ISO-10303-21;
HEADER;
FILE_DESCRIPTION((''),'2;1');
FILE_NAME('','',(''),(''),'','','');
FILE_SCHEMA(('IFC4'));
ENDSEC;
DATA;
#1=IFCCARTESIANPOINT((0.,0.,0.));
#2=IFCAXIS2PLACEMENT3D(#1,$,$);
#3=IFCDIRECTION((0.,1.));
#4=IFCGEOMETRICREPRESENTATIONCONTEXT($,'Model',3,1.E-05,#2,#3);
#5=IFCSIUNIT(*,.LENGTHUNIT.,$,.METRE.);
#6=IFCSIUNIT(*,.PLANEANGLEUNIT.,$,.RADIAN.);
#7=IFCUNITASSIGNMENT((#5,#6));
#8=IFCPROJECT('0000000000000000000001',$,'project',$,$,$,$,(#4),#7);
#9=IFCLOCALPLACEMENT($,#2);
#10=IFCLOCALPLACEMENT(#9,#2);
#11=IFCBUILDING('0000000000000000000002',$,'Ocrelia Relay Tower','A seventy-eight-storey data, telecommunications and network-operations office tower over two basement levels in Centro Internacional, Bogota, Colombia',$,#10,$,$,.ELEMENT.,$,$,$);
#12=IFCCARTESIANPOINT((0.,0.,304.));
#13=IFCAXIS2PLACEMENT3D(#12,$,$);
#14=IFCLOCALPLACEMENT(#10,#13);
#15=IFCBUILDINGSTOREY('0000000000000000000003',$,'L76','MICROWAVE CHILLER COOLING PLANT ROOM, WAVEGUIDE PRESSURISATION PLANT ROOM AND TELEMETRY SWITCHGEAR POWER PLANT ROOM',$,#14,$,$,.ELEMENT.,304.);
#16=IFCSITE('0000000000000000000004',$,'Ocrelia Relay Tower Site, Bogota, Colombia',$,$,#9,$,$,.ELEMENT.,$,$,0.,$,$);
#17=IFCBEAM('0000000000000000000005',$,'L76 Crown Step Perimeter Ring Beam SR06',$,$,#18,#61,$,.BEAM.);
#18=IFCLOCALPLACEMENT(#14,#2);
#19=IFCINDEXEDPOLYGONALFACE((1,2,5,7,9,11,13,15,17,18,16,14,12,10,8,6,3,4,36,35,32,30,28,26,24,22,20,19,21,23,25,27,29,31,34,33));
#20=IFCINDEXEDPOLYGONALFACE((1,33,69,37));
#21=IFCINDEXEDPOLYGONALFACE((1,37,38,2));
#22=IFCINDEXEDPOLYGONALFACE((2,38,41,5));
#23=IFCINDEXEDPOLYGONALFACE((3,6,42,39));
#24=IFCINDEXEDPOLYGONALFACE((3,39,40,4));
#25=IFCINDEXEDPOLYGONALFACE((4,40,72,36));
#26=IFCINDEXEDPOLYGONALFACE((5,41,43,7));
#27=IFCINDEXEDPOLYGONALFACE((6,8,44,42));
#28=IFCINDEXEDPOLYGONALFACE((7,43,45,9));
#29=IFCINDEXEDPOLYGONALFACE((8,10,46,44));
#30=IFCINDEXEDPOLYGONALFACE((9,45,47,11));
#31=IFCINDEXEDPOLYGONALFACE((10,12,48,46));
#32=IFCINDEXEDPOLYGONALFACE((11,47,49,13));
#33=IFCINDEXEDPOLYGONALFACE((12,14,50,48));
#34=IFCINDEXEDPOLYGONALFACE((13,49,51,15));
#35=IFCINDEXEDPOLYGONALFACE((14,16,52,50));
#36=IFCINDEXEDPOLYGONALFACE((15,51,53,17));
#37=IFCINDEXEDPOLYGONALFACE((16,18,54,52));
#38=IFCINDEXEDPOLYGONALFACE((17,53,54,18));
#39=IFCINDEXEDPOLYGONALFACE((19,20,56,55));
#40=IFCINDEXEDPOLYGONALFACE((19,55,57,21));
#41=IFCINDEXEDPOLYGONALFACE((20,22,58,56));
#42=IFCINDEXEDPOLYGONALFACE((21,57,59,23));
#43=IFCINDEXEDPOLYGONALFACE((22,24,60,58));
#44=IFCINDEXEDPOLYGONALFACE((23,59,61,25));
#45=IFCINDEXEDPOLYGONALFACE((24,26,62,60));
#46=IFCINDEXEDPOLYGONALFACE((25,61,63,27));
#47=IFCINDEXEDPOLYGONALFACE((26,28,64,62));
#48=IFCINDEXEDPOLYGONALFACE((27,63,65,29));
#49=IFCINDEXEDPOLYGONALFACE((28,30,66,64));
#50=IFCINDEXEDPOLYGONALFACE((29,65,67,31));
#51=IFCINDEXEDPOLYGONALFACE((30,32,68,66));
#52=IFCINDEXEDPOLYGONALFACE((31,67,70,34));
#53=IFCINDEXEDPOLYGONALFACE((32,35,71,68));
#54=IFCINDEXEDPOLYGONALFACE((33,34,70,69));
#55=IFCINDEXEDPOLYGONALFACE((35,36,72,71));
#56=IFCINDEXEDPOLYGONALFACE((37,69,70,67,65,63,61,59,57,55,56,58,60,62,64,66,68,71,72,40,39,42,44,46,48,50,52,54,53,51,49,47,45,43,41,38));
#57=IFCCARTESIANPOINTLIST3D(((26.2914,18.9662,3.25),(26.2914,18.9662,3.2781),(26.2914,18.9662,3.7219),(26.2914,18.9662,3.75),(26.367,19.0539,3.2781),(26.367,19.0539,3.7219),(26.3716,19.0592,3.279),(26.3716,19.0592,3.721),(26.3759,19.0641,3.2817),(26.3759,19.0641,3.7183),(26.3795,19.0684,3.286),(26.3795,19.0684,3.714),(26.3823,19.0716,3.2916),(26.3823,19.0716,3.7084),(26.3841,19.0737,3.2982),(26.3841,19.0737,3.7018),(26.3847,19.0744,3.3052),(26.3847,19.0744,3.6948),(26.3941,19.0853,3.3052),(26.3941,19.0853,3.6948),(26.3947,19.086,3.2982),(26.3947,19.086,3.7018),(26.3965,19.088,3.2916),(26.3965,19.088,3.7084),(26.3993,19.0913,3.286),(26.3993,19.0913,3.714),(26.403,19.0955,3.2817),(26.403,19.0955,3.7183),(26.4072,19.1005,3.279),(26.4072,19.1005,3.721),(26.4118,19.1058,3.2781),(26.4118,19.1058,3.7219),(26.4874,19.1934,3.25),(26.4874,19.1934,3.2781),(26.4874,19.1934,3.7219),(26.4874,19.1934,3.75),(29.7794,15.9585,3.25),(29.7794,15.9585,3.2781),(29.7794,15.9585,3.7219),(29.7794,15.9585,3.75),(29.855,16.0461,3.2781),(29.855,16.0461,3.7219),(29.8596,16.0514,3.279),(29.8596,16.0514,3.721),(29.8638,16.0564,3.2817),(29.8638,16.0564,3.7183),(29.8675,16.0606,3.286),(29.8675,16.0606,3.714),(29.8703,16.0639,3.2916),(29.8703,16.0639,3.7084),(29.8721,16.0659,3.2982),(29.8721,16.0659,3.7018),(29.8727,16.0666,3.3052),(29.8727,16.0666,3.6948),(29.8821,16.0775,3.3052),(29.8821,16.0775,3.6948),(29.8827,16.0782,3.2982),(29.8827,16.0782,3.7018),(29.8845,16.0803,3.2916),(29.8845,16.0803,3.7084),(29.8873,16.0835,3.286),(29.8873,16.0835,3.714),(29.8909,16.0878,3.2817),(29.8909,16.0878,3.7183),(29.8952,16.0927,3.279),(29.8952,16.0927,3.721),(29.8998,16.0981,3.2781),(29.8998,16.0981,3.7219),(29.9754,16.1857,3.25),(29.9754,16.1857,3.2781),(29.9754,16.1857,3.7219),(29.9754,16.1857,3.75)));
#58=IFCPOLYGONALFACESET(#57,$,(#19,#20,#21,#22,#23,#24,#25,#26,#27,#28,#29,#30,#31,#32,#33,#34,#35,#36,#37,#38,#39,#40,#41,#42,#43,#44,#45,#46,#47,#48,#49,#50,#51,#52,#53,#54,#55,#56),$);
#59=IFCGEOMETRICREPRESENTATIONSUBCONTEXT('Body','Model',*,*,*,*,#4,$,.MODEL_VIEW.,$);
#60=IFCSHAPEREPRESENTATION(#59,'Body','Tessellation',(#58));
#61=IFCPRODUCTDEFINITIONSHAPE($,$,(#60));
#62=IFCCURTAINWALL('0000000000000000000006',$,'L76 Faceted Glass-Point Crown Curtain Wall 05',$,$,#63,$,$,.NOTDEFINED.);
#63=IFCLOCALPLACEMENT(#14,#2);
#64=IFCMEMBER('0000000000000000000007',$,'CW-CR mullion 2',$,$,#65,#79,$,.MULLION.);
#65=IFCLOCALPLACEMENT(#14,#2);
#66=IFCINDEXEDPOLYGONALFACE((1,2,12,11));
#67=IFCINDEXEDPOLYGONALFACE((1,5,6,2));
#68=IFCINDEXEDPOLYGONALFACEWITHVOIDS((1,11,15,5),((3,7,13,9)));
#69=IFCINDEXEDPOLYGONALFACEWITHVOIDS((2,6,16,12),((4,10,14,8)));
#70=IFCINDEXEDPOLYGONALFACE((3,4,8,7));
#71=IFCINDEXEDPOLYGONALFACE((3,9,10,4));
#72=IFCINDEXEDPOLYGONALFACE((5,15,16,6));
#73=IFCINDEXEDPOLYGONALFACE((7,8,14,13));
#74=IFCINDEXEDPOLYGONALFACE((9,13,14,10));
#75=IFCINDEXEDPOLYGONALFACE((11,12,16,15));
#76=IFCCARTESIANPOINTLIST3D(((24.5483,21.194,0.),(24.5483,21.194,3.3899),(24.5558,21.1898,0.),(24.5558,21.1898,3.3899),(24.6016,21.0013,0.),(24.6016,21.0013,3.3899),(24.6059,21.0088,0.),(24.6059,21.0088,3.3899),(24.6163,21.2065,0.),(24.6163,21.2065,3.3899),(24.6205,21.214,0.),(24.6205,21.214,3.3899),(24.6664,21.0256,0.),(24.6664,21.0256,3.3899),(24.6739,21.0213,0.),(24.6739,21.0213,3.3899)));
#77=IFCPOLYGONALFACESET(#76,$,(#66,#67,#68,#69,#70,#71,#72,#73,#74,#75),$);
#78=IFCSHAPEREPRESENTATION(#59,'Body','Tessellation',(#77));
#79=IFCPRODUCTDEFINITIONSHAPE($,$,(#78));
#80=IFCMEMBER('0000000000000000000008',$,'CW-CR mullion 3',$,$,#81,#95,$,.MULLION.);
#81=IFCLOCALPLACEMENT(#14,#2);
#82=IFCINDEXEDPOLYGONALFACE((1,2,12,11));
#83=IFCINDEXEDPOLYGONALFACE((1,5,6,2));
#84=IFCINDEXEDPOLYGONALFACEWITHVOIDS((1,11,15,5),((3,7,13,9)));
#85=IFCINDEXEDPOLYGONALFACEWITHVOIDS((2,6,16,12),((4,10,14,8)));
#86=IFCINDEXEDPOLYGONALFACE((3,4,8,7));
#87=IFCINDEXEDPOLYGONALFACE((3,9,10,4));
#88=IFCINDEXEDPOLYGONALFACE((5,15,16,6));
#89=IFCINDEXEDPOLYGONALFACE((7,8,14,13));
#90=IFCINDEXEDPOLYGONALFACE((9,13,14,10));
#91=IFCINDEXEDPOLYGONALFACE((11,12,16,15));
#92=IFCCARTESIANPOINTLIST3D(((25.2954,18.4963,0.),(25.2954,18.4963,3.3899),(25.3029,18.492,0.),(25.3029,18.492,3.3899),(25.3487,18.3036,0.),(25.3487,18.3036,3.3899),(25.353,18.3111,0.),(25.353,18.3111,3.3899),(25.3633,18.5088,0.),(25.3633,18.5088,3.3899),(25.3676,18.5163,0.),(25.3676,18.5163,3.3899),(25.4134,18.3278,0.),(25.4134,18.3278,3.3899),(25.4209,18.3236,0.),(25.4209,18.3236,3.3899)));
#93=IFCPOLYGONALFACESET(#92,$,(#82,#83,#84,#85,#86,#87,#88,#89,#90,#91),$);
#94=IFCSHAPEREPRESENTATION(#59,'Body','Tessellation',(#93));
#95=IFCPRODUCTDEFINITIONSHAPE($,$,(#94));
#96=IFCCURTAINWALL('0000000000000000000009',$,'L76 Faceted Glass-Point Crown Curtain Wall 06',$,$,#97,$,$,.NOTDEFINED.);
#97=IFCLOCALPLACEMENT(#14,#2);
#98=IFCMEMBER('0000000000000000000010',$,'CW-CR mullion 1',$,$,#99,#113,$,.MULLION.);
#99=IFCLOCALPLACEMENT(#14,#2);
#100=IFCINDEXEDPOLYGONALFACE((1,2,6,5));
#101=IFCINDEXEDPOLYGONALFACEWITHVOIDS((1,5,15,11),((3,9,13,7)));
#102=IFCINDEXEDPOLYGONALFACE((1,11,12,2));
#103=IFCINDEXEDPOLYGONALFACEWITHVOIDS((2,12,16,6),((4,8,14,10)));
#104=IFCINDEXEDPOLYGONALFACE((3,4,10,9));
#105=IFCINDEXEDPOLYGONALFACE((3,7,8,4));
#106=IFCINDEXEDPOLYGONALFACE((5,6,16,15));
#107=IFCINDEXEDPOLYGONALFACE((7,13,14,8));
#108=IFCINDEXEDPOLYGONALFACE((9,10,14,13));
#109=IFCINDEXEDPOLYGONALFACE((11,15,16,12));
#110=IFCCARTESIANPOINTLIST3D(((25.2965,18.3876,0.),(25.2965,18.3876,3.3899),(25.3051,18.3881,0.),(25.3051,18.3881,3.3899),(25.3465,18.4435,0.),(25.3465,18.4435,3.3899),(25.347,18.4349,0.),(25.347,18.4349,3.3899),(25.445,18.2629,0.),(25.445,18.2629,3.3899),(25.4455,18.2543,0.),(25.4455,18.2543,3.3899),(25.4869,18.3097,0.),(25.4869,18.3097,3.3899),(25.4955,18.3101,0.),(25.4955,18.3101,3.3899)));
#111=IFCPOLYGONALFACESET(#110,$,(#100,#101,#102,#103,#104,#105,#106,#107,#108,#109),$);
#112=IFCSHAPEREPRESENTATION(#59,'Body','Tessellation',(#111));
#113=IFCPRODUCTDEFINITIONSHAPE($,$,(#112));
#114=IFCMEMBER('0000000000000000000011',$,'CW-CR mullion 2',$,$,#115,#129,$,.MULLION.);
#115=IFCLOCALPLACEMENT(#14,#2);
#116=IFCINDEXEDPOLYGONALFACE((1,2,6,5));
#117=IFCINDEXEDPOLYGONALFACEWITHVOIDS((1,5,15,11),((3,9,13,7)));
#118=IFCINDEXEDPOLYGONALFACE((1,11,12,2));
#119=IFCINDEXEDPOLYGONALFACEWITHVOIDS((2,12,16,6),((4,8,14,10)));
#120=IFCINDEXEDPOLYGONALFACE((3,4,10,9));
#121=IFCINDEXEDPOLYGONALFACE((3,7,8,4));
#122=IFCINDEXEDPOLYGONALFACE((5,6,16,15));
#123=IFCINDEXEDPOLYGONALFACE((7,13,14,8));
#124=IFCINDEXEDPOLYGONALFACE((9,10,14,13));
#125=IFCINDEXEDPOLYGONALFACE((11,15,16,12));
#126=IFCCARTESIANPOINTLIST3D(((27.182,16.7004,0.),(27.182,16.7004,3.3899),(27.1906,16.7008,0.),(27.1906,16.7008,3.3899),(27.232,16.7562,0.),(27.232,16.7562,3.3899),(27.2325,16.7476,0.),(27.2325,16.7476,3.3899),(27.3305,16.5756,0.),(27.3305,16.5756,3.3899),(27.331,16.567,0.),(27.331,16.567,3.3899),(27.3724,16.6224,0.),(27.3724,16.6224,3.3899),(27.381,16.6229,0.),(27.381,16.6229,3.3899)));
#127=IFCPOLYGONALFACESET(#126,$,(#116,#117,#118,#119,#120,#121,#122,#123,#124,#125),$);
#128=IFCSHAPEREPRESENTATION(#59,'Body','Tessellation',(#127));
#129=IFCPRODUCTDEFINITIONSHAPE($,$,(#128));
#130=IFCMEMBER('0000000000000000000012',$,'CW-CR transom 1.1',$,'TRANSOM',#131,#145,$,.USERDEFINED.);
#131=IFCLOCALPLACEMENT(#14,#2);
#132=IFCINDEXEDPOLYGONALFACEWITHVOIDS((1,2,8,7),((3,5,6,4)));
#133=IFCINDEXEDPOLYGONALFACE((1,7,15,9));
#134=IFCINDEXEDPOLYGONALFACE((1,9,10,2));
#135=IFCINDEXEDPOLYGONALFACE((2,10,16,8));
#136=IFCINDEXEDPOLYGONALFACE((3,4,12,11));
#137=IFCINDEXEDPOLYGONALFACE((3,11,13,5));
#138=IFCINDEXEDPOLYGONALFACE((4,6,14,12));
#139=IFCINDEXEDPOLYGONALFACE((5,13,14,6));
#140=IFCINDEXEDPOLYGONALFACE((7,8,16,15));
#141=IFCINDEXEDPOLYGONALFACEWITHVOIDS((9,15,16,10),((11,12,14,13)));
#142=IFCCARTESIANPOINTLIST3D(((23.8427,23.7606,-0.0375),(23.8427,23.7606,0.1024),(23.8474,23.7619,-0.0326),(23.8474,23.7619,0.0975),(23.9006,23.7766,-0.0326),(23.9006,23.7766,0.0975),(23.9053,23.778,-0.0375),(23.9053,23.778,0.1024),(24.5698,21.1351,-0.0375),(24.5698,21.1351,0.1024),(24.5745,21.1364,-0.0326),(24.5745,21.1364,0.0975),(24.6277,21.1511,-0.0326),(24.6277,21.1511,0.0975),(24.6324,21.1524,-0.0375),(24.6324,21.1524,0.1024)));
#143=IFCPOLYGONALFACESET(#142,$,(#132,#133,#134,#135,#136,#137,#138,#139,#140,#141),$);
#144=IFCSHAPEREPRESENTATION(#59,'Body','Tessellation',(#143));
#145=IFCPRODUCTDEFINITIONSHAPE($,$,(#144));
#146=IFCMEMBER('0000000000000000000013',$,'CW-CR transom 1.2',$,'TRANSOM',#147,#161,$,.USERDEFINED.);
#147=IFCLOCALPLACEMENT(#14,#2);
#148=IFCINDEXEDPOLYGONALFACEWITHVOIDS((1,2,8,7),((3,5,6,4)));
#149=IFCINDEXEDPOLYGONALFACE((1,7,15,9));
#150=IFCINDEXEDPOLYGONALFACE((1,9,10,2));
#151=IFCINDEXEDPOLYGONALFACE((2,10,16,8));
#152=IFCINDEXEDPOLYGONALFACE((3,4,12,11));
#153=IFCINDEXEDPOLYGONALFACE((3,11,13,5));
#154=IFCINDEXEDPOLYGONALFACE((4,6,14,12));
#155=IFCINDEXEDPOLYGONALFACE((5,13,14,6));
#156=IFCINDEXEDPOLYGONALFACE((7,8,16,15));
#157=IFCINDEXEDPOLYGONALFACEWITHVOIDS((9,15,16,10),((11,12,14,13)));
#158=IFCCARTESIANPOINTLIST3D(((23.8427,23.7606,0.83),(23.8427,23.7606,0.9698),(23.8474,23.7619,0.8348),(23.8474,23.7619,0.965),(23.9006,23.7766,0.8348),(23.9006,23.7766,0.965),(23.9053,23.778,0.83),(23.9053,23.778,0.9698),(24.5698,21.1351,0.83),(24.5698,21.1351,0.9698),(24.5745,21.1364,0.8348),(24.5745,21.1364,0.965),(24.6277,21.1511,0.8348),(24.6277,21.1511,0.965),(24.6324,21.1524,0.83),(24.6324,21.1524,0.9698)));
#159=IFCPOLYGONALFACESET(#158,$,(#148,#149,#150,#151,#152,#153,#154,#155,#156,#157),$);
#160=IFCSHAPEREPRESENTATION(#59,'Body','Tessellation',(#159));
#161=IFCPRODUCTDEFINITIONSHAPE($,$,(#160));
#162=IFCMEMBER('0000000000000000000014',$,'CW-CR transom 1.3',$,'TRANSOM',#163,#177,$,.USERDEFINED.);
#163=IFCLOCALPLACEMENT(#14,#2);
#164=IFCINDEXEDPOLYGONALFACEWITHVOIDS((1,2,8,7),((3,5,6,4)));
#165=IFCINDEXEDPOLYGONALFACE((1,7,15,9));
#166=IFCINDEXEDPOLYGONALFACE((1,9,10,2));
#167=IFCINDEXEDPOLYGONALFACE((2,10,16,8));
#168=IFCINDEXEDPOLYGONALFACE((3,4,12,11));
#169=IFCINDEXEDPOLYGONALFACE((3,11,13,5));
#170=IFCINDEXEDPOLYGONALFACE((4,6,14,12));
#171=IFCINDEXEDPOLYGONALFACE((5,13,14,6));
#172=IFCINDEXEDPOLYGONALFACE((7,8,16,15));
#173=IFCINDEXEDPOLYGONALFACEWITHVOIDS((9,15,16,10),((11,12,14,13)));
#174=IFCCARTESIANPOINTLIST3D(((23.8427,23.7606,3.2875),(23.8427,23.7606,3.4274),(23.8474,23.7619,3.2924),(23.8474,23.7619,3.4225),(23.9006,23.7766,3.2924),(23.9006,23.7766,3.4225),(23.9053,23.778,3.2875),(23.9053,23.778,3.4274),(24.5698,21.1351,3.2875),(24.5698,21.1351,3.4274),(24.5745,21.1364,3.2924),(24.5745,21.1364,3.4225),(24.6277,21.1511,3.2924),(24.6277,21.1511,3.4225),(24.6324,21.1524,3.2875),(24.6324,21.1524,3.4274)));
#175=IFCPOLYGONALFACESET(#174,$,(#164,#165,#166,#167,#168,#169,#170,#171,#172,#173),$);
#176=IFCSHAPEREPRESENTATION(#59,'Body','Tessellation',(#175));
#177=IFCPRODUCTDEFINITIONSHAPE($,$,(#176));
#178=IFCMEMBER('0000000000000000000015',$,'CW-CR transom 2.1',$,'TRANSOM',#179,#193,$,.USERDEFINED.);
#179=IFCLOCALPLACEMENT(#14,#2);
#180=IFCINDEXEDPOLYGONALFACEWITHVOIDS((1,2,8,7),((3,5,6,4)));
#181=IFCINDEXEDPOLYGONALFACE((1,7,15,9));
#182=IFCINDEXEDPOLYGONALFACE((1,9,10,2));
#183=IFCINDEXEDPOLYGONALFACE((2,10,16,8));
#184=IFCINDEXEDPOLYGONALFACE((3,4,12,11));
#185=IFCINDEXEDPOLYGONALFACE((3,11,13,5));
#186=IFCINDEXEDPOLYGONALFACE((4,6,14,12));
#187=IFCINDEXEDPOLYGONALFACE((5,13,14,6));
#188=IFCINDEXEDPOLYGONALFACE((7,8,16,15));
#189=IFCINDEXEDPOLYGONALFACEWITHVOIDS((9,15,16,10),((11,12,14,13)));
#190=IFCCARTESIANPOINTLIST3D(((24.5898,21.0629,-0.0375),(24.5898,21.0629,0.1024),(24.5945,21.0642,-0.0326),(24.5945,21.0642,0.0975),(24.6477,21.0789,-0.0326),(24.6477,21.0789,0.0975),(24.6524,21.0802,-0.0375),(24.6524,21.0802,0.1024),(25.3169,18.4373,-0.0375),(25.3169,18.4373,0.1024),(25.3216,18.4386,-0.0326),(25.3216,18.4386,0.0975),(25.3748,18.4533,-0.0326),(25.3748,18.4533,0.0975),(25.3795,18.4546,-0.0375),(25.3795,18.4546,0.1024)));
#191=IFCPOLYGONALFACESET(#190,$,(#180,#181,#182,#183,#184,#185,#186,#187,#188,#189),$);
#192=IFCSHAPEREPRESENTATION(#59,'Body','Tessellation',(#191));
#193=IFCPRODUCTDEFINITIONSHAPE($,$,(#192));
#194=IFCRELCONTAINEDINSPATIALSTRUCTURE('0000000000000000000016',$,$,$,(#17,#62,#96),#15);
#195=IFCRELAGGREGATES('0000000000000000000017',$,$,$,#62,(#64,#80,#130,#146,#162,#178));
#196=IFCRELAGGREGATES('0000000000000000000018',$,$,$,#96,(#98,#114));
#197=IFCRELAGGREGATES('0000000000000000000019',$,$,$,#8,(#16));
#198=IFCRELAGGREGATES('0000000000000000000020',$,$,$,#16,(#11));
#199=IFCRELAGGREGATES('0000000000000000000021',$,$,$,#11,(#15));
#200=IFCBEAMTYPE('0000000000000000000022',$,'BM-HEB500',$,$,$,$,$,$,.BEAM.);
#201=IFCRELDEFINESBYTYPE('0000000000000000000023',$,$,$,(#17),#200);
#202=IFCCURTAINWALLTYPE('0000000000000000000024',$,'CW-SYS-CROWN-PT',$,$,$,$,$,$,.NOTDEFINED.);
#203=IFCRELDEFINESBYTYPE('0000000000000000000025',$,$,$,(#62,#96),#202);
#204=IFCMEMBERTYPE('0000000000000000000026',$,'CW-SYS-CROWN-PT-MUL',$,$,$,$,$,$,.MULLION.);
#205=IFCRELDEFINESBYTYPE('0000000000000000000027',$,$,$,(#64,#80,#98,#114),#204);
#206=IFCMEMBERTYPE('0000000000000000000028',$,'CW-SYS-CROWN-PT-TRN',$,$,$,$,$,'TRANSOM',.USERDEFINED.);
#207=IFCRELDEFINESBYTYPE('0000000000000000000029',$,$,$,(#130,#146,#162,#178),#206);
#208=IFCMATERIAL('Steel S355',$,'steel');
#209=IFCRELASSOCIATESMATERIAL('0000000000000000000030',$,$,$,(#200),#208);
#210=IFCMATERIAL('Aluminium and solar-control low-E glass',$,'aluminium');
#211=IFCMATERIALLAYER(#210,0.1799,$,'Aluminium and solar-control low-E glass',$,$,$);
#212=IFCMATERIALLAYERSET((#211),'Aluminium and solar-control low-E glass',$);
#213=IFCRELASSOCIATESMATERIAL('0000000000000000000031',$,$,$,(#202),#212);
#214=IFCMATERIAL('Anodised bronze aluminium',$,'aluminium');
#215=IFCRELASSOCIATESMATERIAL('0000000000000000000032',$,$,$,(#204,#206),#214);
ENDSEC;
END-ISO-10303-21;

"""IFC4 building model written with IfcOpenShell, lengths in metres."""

from ifc_helpers import new_model, si_unit, direction, frame, origin, origin_2d, place, context, subcontext, project, spatial, hollow_rectangle, i_section, extrude, material, layer, layer_set, material_profile, profile_set, type_object, element, aggregate, save


model = new_model("IFC4")

# Units and contexts
model_context = context("Model", 3, precision=1e-05, world=origin(), true_north=direction((0.0, 1.0)))
body_context = subcontext(model_context, "Body", "Model", "MODEL_VIEW")
ifc_project = project(units=[si_unit("LENGTHUNIT", "METRE"), si_unit("PLANEANGLEUNIT", "RADIAN")], contexts=[model_context])

# Site, building, storey
site_placement = place(None, origin())
site = spatial("IfcSite", under=ifc_project, at=site_placement, Name="Ocrelia Relay Tower Site, Bogota, Colombia", CompositionType="ELEMENT", RefElevation=0.0)
building_placement = place(site_placement, origin())
building = spatial("IfcBuilding", under=site, at=building_placement, Name="Ocrelia Relay Tower", Description="A seventy-eight-storey data, telecommunications and network-operations office tower over two basement levels in Centro Internacional, Bogota, Colombia", CompositionType="ELEMENT")
storey_placement = place(building_placement, frame((0.0, 0.0, 304.0)))
storey = spatial("IfcBuildingStorey", under=building, at=storey_placement, Name="L76", Description="MICROWAVE CHILLER COOLING PLANT ROOM, WAVEGUIDE PRESSURISATION PLANT ROOM AND TELEMETRY SWITCHGEAR POWER PLANT ROOM", CompositionType="ELEMENT", Elevation=304.0)

# Beam
ifc_material_1 = material(Name="Steel S355", Category="steel")
ifc_material_profile_1 = material_profile(ifc_material_1, i_section(OverallWidth=0.3, OverallDepth=0.5, WebThickness=0.0144, FlangeThickness=0.0281, FilletRadius=0.0271, at=origin_2d()), Name="HEB 500")
ifc_profile_set_1 = profile_set([ifc_material_profile_1], Name="Steel S355")
beam_type_1 = type_object("IfcBeamType", Name="BM-HEB500", PredefinedType="BEAM", material=ifc_profile_set_1)
beam_1_placement = place(storey_placement, frame((26.3894, 19.0798, 3.5), z_axis=(0.757315, -0.65305, 0.0), x_axis=(0.65305, 0.757315, 0.0)))
element("IfcBeam", 1, at=beam_1_placement, inside=storey, type_object=beam_type_1, Name="L76 Crown Step Perimeter Ring Beam SR06", PredefinedType="BEAM", context=body_context, shape_type="SweptSolid", body=[
    extrude(i_section(OverallWidth=0.3, OverallDepth=0.5, WebThickness=0.0144, FlangeThickness=0.0281, FilletRadius=0.0271, at=origin_2d()), origin(), (0.0, 0.0, 1.0), 4.6057),
])

# Curtain walls, members
ifc_material_2 = material(Name="Aluminium and solar-control low-E glass", Category="aluminium")
ifc_layer_1 = layer(ifc_material_2, 0.1799, Name="Aluminium and solar-control low-E glass")
ifc_layer_set_1 = layer_set([ifc_layer_1], Name="Aluminium and solar-control low-E glass")
curtain_wall_type = type_object("IfcCurtainWallType", Name="CW-SYS-CROWN-PT", PredefinedType="NOTDEFINED", material=ifc_layer_set_1)
curtain_wall_1_placement = place(storey_placement, origin())
curtain_wall_1 = element("IfcCurtainWall", 2, at=curtain_wall_1_placement, inside=storey, type_object=curtain_wall_type, Name="L76 Faceted Glass-Point Crown Curtain Wall 05", PredefinedType="NOTDEFINED")
ifc_material_3 = material(Name="Anodised bronze aluminium", Category="aluminium")
ifc_material_profile_2 = material_profile(ifc_material_3, hollow_rectangle(XDim=0.075, YDim=0.2, WallThickness=0.0061, at=origin_2d()), Name="CW-MUL-200x75")
ifc_profile_set_2 = profile_set([ifc_material_profile_2], Name="Anodised bronze aluminium")
member_type_1 = type_object("IfcMemberType", Name="CW-SYS-CROWN-PT-MUL", PredefinedType="MULLION", material=ifc_profile_set_2)
member_1_placement = place(storey_placement, frame((24.6111, 21.1077, 0.0), z_axis=(0.0, 0.0, 1.0), x_axis=(0.963737, 0.266853, 0.0)))
member_1 = element("IfcMember", 3, at=member_1_placement, type_object=member_type_1, Name="CW-CR mullion 2", PredefinedType="MULLION", context=body_context, shape_type="SweptSolid", body=[
    extrude(hollow_rectangle(XDim=0.075, YDim=0.2, WallThickness=0.0061, at=origin_2d()), origin(), (0.0, 0.0, 1.0), 3.3899),
])
member_2_placement = place(storey_placement, frame((25.3582, 18.4099, 0.0), z_axis=(0.0, 0.0, 1.0), x_axis=(0.963737, 0.266853, 0.0)))
member_2 = element("IfcMember", 4, at=member_2_placement, type_object=member_type_1, Name="CW-CR mullion 3", PredefinedType="MULLION", context=body_context, shape_type="SweptSolid", body=[
    extrude(hollow_rectangle(XDim=0.075, YDim=0.2, WallThickness=0.0061, at=origin_2d()), origin(), (0.0, 0.0, 1.0), 3.3899),
])
curtain_wall_2_placement = place(storey_placement, origin())
curtain_wall_2 = element("IfcCurtainWall", 5, at=curtain_wall_2_placement, inside=storey, type_object=curtain_wall_type, Name="L76 Faceted Glass-Point Crown Curtain Wall 06", PredefinedType="NOTDEFINED")
member_3_placement = place(storey_placement, frame((25.396, 18.3489, 0.0), z_axis=(0.0, 0.0, 1.0), x_axis=(0.666821, 0.745218, 0.0)))
member_3 = element("IfcMember", 6, at=member_3_placement, type_object=member_type_1, Name="CW-CR mullion 1", PredefinedType="MULLION", context=body_context, shape_type="SweptSolid", body=[
    extrude(hollow_rectangle(XDim=0.075, YDim=0.2, WallThickness=0.0061, at=origin_2d()), origin(), (0.0, 0.0, 1.0), 3.3899),
])
member_4_placement = place(storey_placement, frame((27.2815, 16.6616, 0.0), z_axis=(0.0, 0.0, 1.0), x_axis=(0.666821, 0.745218, 0.0)))
member_4 = element("IfcMember", 7, at=member_4_placement, type_object=member_type_1, Name="CW-CR mullion 2", PredefinedType="MULLION", context=body_context, shape_type="SweptSolid", body=[
    extrude(hollow_rectangle(XDim=0.075, YDim=0.2, WallThickness=0.0061, at=origin_2d()), origin(), (0.0, 0.0, 1.0), 3.3899),
])

# Members
ifc_material_profile_3 = material_profile(ifc_material_3, hollow_rectangle(XDim=0.0649, YDim=0.1399, WallThickness=0.0049, at=origin_2d()), Name="CW-TRN-140x65")
ifc_profile_set_3 = profile_set([ifc_material_profile_3], Name="Anodised bronze aluminium")
member_type_2 = type_object("IfcMemberType", Name="CW-SYS-CROWN-PT-TRN", ElementType="TRANSOM", PredefinedType="USERDEFINED", material=ifc_profile_set_3)
member_5_placement = place(storey_placement, frame((23.874, 23.7693, 0.0325), z_axis=(0.266877, -0.963731, 0.0), x_axis=(0.963731, 0.266877, 0.0)))
member_5 = element("IfcMember", 8, at=member_5_placement, type_object=member_type_2, Name="CW-CR transom 1.1", ObjectType="TRANSOM", PredefinedType="USERDEFINED", context=body_context, shape_type="SweptSolid", body=[
    extrude(hollow_rectangle(XDim=0.0649, YDim=0.1399, WallThickness=0.0049, at=origin_2d()), origin(), (0.0, 0.0, 1.0), 2.7244),
])
member_6_placement = place(storey_placement, frame((23.874, 23.7693, 0.8999), z_axis=(0.266877, -0.963731, 0.0), x_axis=(0.963731, 0.266877, 0.0)))
member_6 = element("IfcMember", 9, at=member_6_placement, type_object=member_type_2, Name="CW-CR transom 1.2", ObjectType="TRANSOM", PredefinedType="USERDEFINED", context=body_context, shape_type="SweptSolid", body=[
    extrude(hollow_rectangle(XDim=0.0649, YDim=0.1399, WallThickness=0.0049, at=origin_2d()), origin(), (0.0, 0.0, 1.0), 2.7244),
])
member_7_placement = place(storey_placement, frame((23.874, 23.7693, 3.3574), z_axis=(0.266877, -0.963731, 0.0), x_axis=(0.963731, 0.266877, 0.0)))
member_7 = element("IfcMember", 10, at=member_7_placement, type_object=member_type_2, Name="CW-CR transom 1.3", ObjectType="TRANSOM", PredefinedType="USERDEFINED", context=body_context, shape_type="SweptSolid", body=[
    extrude(hollow_rectangle(XDim=0.0649, YDim=0.1399, WallThickness=0.0049, at=origin_2d()), origin(), (0.0, 0.0, 1.0), 2.7244),
])
member_8_placement = place(storey_placement, frame((24.6211, 21.0715, 0.0325), z_axis=(0.266877, -0.963731, 0.0), x_axis=(0.963731, 0.266877, 0.0)))
member_8 = element("IfcMember", 11, at=member_8_placement, type_object=member_type_2, Name="CW-CR transom 2.1", ObjectType="TRANSOM", PredefinedType="USERDEFINED", context=body_context, shape_type="SweptSolid", body=[
    extrude(hollow_rectangle(XDim=0.0649, YDim=0.1399, WallThickness=0.0049, at=origin_2d()), origin(), (0.0, 0.0, 1.0), 2.7244),
])

aggregate(curtain_wall_1, [member_1, member_2, member_5, member_6, member_7, member_8])
aggregate(curtain_wall_2, [member_3, member_4])

save(model, "model.ifc")
